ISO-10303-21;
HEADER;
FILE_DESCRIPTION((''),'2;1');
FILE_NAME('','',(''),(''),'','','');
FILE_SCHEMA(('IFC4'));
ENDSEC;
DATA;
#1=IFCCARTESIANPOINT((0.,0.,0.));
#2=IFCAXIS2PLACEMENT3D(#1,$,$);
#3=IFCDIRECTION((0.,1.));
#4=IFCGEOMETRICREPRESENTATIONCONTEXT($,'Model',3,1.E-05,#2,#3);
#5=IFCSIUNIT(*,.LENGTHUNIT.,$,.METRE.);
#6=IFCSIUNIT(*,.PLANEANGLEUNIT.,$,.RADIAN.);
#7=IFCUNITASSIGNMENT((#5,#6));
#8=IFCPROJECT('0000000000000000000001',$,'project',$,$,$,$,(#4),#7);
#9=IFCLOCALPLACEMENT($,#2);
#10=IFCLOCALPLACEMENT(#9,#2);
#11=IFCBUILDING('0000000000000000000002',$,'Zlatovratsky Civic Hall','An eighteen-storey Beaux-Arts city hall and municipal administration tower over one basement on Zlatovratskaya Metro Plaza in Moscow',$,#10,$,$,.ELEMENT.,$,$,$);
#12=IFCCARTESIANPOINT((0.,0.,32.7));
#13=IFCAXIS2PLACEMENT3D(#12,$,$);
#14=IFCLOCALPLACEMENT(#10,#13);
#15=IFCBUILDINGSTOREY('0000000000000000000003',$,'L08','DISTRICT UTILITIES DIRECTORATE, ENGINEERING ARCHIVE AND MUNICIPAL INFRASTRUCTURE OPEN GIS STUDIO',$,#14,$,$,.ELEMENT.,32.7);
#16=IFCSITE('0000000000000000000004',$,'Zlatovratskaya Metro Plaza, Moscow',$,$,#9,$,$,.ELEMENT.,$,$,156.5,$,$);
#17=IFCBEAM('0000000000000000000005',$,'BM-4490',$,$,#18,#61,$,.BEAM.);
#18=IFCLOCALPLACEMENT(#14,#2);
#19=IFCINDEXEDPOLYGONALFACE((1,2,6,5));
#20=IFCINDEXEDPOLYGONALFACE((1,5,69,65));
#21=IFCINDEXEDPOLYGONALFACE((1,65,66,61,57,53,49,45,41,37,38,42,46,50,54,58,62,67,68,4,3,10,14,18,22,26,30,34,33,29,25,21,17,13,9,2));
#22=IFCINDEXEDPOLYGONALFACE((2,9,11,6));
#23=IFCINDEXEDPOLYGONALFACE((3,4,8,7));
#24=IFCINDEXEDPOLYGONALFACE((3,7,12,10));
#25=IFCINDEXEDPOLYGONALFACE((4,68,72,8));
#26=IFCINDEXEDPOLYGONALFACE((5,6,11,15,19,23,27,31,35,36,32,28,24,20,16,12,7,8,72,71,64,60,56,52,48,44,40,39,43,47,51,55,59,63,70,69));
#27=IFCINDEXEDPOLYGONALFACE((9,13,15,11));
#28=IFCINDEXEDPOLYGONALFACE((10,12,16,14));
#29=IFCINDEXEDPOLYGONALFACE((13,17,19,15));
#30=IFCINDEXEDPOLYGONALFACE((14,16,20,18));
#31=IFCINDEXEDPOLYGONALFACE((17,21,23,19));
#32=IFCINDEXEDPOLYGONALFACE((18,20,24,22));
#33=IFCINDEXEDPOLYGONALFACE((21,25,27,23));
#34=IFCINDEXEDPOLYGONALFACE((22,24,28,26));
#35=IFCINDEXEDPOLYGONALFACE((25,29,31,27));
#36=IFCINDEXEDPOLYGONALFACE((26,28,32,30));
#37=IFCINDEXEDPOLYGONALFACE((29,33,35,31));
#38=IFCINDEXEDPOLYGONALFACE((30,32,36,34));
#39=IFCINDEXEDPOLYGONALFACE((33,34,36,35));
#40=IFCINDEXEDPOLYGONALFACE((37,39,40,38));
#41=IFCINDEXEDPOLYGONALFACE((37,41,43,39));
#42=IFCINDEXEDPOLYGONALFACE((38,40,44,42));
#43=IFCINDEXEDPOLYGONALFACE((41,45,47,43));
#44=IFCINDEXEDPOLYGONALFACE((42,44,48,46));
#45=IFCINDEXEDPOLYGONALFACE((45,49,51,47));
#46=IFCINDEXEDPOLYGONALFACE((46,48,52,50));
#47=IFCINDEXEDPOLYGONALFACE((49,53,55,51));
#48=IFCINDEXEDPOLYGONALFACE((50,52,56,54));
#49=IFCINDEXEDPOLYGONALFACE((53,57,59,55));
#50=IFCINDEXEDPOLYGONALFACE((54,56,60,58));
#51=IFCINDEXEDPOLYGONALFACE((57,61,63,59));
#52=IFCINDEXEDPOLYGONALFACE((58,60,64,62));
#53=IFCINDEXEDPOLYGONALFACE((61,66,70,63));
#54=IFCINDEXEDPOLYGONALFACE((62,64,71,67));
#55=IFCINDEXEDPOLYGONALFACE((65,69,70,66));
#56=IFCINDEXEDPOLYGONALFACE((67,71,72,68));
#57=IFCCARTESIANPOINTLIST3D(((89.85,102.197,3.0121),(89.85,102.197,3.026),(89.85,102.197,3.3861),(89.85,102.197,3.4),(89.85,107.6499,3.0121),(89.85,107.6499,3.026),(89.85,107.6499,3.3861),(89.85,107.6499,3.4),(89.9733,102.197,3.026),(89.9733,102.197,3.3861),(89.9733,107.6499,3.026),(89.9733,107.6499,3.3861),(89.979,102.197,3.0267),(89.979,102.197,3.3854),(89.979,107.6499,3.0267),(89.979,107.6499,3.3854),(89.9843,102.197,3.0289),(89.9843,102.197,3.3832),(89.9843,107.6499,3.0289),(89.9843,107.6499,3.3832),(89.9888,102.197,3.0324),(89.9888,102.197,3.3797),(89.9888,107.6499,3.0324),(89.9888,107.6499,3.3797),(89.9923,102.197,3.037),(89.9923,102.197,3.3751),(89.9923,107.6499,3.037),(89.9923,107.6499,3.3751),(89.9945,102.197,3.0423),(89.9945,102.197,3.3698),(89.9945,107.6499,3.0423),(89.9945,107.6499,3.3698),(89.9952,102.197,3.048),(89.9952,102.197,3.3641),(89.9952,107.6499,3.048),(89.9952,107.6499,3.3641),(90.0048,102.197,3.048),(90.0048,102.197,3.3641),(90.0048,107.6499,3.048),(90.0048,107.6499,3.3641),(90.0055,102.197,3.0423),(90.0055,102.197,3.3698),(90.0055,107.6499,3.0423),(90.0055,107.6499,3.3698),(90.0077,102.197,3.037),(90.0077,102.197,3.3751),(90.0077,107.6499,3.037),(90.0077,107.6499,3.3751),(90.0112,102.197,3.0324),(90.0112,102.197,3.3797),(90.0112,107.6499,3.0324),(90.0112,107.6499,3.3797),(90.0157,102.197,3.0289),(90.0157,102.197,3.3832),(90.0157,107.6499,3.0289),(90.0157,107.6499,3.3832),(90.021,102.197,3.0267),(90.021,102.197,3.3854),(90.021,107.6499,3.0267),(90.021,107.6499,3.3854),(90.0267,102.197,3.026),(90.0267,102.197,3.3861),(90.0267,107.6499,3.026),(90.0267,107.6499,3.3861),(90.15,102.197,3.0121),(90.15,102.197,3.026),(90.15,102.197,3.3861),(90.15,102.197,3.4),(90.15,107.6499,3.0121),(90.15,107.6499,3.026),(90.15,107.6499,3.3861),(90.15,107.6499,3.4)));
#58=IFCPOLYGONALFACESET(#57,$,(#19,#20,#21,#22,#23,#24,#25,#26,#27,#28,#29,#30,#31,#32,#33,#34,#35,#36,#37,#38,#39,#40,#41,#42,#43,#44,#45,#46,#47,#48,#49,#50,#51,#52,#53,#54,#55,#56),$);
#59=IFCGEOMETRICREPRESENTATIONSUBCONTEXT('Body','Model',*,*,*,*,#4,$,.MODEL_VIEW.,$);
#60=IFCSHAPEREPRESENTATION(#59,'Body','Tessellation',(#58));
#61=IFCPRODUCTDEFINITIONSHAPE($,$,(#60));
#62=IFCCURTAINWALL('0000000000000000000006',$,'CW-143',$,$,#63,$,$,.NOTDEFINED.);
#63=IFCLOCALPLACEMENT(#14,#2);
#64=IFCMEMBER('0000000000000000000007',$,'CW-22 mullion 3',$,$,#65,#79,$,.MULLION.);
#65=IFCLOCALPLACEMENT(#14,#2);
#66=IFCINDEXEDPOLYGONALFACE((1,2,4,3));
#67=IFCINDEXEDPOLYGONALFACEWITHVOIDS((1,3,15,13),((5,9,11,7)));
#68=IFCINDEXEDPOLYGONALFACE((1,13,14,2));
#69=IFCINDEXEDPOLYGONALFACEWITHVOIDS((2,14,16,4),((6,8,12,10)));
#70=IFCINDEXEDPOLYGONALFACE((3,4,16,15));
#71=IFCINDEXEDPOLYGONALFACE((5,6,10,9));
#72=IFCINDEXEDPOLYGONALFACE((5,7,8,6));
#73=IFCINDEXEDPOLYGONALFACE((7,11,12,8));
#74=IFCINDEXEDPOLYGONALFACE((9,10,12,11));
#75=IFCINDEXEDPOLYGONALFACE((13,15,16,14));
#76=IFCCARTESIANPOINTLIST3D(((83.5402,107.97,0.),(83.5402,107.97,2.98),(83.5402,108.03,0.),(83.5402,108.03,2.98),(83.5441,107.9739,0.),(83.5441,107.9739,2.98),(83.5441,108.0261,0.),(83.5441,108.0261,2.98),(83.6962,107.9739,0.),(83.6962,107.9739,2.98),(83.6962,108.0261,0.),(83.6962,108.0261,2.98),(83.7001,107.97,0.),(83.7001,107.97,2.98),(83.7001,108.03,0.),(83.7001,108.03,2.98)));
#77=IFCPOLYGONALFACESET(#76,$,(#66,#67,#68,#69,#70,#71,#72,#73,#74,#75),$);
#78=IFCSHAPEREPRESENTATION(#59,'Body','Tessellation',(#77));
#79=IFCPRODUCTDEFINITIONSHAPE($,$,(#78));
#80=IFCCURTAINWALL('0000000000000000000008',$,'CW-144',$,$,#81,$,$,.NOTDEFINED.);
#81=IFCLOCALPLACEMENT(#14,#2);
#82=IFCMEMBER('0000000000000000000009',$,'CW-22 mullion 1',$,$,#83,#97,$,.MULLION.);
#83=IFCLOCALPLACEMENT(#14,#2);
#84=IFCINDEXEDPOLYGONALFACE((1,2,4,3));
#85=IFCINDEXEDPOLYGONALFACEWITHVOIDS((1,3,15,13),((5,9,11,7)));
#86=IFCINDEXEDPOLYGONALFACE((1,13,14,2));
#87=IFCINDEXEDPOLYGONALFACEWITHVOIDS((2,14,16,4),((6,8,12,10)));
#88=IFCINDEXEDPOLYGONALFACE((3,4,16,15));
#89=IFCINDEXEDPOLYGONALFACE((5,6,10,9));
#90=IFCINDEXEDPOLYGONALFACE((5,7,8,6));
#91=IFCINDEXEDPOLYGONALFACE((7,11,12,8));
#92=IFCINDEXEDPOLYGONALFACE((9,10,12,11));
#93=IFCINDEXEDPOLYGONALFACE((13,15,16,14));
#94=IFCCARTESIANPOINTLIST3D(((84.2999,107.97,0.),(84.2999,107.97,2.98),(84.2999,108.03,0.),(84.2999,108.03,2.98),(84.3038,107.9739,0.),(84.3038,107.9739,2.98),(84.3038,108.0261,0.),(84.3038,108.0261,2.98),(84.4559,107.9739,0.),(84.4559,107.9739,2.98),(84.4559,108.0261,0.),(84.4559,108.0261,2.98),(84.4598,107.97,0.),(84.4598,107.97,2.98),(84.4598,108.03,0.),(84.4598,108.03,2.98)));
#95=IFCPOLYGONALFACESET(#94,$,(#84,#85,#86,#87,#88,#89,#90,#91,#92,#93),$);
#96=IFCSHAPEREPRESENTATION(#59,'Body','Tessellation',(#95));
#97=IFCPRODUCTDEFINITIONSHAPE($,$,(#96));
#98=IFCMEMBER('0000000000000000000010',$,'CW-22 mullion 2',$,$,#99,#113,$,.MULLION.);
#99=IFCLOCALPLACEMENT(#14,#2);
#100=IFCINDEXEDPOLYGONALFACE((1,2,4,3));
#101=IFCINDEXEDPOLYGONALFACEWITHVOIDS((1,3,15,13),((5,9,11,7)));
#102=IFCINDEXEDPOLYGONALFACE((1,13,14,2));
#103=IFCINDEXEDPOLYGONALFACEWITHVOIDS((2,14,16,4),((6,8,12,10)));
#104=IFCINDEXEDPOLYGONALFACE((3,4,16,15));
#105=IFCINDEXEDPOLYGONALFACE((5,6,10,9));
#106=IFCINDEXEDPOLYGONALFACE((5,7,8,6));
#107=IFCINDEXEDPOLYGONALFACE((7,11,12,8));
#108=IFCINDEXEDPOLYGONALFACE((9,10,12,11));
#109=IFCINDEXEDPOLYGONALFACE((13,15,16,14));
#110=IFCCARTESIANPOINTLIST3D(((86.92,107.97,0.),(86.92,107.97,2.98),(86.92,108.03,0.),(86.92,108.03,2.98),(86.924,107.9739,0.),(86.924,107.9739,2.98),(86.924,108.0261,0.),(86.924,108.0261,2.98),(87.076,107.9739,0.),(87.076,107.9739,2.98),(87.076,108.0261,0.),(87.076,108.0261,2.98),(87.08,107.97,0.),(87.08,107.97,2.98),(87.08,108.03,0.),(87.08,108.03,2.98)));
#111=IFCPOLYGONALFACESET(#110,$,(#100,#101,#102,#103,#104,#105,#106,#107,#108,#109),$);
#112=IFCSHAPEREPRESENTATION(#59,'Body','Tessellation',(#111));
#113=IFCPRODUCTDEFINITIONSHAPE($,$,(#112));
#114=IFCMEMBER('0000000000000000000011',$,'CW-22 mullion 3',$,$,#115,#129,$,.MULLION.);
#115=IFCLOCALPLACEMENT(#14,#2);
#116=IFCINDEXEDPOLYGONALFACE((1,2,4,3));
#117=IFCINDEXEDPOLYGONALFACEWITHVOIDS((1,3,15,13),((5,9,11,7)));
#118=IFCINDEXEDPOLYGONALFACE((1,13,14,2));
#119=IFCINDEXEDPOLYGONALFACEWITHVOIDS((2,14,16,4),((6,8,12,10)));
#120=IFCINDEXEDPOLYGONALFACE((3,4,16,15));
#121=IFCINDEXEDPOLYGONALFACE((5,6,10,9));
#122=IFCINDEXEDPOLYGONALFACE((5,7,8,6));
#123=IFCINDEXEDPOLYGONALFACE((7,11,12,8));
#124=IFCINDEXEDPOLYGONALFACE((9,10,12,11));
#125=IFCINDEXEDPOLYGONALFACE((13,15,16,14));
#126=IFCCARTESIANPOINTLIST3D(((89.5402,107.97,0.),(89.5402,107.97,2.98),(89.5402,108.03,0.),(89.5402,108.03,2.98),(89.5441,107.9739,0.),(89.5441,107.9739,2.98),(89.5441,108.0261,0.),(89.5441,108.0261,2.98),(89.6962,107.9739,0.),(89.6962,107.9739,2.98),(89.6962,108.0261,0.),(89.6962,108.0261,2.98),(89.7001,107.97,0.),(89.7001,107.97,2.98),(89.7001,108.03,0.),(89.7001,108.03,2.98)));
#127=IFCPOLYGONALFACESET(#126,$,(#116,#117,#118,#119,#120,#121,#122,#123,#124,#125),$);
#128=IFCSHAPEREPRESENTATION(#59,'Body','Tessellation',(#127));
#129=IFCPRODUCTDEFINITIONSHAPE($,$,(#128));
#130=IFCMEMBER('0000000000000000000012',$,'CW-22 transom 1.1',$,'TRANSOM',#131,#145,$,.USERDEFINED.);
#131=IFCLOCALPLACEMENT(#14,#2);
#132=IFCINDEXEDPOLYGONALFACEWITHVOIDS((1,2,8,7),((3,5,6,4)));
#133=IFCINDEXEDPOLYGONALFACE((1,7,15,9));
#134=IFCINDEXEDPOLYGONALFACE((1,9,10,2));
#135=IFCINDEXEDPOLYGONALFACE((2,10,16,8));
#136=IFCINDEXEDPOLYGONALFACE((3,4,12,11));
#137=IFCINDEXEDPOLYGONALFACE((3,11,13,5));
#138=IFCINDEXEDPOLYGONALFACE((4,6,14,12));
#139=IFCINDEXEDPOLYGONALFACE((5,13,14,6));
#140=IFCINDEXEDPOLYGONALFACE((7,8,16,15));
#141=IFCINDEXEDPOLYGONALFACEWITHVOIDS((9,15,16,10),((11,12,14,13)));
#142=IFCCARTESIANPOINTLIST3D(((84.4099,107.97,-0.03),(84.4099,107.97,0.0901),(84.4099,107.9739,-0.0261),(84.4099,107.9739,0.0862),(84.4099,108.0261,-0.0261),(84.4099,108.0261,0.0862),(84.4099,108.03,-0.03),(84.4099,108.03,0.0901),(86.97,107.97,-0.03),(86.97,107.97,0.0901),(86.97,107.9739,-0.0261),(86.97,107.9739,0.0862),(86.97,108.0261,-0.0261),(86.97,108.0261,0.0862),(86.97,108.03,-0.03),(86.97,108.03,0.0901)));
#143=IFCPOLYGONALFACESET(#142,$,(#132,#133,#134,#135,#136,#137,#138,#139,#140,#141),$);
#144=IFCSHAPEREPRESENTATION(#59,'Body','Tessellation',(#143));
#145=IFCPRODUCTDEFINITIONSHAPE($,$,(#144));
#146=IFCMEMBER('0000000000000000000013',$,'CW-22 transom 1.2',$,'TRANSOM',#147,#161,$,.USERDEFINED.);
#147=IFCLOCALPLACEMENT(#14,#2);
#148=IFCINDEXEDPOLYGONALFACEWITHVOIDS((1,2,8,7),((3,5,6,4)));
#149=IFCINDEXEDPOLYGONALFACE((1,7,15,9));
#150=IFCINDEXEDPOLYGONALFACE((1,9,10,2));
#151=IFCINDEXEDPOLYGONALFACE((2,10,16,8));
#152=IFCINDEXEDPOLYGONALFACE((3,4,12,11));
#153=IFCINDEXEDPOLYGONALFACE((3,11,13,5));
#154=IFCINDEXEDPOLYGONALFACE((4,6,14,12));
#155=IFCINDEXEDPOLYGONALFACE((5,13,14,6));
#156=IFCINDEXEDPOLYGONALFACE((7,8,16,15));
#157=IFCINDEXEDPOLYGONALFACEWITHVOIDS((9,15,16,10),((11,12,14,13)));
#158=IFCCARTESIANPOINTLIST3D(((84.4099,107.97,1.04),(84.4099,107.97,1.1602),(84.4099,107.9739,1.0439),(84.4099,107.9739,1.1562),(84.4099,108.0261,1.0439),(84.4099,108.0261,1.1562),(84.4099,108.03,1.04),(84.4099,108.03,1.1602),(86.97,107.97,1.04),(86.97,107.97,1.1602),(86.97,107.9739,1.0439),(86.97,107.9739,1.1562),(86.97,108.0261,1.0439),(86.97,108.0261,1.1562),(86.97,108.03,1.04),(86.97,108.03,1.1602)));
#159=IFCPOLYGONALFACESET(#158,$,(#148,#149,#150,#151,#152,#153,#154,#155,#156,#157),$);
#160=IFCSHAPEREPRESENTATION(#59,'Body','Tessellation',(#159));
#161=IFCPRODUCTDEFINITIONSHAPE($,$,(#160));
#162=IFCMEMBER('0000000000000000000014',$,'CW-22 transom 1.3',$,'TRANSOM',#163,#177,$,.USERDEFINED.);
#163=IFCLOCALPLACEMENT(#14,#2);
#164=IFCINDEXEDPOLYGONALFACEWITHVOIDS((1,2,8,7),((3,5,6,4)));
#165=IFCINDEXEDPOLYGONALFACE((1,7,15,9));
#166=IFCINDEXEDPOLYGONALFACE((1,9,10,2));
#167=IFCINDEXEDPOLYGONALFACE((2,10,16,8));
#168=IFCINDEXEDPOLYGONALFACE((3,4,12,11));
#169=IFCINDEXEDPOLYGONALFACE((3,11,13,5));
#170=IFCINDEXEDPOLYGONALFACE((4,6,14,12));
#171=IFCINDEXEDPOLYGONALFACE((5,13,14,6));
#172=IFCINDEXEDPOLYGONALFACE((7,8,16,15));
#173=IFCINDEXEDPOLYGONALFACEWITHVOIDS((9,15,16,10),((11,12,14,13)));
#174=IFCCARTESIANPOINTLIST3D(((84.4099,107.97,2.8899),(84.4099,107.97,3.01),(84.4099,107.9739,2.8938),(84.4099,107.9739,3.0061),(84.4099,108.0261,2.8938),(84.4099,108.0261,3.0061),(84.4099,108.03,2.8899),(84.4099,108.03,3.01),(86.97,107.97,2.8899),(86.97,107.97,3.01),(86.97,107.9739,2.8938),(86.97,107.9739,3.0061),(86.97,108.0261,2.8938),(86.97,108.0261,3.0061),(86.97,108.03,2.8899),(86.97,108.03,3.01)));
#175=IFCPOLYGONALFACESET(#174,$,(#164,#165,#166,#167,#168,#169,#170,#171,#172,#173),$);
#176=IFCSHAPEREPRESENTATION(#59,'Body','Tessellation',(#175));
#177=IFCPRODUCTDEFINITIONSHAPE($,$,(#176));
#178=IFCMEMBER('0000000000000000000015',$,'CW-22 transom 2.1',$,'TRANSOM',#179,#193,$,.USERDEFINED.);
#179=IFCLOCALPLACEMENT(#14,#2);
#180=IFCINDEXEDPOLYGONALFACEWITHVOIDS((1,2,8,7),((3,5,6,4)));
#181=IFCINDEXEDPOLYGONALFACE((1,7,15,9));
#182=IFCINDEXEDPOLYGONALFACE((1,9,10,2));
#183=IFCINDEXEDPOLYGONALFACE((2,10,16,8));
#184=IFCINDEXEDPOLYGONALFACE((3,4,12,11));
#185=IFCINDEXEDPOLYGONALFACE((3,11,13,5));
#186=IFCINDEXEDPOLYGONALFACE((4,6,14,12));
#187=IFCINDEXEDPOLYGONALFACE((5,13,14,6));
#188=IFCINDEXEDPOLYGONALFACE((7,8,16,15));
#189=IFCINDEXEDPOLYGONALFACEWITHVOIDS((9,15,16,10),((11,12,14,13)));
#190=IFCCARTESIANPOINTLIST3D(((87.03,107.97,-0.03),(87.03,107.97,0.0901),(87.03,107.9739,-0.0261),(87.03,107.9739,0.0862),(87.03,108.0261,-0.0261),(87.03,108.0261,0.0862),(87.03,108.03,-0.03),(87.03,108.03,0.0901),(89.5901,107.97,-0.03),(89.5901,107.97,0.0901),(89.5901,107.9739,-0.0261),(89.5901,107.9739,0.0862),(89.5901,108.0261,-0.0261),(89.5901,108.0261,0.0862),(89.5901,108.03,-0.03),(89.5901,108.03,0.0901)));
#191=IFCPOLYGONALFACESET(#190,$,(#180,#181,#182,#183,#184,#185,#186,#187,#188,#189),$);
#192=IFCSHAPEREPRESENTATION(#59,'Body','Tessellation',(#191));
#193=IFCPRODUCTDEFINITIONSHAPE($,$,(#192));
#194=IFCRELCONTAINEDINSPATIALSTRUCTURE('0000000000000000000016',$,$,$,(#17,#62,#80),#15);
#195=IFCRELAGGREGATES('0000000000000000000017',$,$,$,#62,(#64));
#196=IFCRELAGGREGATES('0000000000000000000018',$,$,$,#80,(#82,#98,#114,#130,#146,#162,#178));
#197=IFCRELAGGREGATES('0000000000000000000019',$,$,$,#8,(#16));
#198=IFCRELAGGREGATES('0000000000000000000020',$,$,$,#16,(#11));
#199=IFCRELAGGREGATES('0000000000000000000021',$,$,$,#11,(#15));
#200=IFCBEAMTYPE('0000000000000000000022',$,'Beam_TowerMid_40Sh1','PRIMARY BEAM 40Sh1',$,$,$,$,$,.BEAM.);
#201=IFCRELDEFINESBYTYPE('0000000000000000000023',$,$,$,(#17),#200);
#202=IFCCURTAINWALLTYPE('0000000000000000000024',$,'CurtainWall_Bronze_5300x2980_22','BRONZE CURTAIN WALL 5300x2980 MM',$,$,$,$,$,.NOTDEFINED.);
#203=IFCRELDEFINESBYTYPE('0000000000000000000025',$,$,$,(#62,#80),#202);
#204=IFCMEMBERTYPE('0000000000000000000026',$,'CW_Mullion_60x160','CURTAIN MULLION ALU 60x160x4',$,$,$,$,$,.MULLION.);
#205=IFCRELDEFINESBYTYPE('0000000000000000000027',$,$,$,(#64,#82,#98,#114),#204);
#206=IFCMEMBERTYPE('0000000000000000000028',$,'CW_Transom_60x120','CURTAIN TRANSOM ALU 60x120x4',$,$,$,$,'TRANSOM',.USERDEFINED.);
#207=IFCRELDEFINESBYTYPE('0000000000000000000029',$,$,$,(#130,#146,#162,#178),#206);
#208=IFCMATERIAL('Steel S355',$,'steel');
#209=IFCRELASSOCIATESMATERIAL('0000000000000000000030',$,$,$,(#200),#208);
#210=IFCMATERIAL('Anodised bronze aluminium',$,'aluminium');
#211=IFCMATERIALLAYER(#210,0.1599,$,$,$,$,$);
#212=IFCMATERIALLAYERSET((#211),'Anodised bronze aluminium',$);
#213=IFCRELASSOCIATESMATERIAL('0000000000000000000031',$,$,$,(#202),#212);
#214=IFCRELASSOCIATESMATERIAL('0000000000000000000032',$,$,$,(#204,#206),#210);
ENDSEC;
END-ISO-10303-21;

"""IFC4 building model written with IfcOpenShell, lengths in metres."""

from ifc_helpers import new_model, si_unit, direction, frame, origin, origin_2d, place, context, subcontext, project, spatial, hollow_rectangle, i_section, extrude, material, layer, layer_set, material_profile, profile_set, type_object, element, aggregate, save


model = new_model("IFC4")

# Units and contexts
model_context = context("Model", 3, precision=1e-05, world=origin(), true_north=direction((0.0, 1.0)))
body_context = subcontext(model_context, "Body", "Model", "MODEL_VIEW")
ifc_project = project(units=[si_unit("LENGTHUNIT", "METRE"), si_unit("PLANEANGLEUNIT", "RADIAN")], contexts=[model_context])

# Site, building, storey
site_placement = place(None, origin())
site = spatial("IfcSite", under=ifc_project, at=site_placement, Name="Zlatovratskaya Metro Plaza, Moscow", CompositionType="ELEMENT", RefElevation=156.5)
building_placement = place(site_placement, origin())
building = spatial("IfcBuilding", under=site, at=building_placement, Name="Zlatovratsky Civic Hall", Description="An eighteen-storey Beaux-Arts city hall and municipal administration tower over one basement on Zlatovratskaya Metro Plaza in Moscow", CompositionType="ELEMENT")
storey_placement = place(building_placement, frame((0.0, 0.0, 32.7)))
storey = spatial("IfcBuildingStorey", under=building, at=storey_placement, Name="L08", Description="DISTRICT UTILITIES DIRECTORATE, ENGINEERING ARCHIVE AND MUNICIPAL INFRASTRUCTURE OPEN GIS STUDIO", CompositionType="ELEMENT", Elevation=32.7)

# Shared definitions
ifc_material_1 = material(Name="Steel S355", Category="steel")

# Beam
ifc_material_profile_1 = material_profile(ifc_material_1, i_section(OverallWidth=0.3, OverallDepth=0.3879, WebThickness=0.0095, FlangeThickness=0.0139, FilletRadius=0.022, at=origin_2d()), Name="40Sh1")
ifc_profile_set_1 = profile_set([ifc_material_profile_1], Name="Steel S355")
beam_type_1 = type_object("IfcBeamType", Name="Beam_TowerMid_40Sh1", Description="PRIMARY BEAM 40Sh1", PredefinedType="BEAM", material=ifc_profile_set_1)
for number, where, z_axis, x_axis, name in (
    (1, (90.0, 102.197, 3.2061), (0.0, 1.0, 0.0), (-1.0, 0.0, 0.0), "BM-4490"),
):
    element("IfcBeam", number, at=place(storey_placement, frame(where, z_axis=z_axis, x_axis=x_axis)), inside=storey, type_object=beam_type_1, Name=name, PredefinedType="BEAM", context=body_context, shape_type="SweptSolid", body=[
        extrude(i_section(OverallWidth=0.3, OverallDepth=0.3879, WebThickness=0.0095, FlangeThickness=0.0139, FilletRadius=0.022, at=origin_2d()), origin(), (0.0, 0.0, 1.0), 5.4529),
    ])

# Curtain wall, member
ifc_material_2 = material(Name="Anodised bronze aluminium", Category="aluminium")
ifc_layer_1 = layer(ifc_material_2, 0.1599)
ifc_layer_set_1 = layer_set([ifc_layer_1], Name="Anodised bronze aluminium")
curtain_wall_type = type_object("IfcCurtainWallType", Name="CurtainWall_Bronze_5300x2980_22", Description="BRONZE CURTAIN WALL 5300x2980 MM", PredefinedType="NOTDEFINED", material=ifc_layer_set_1)
curtain_wall_1_placement = place(storey_placement, origin())
curtain_wall_1 = element("IfcCurtainWall", 2, at=curtain_wall_1_placement, inside=storey, type_object=curtain_wall_type, Name="CW-143", PredefinedType="NOTDEFINED")
ifc_material_profile_2 = material_profile(ifc_material_2, hollow_rectangle(XDim=0.0601, YDim=0.1599, WallThickness=0.0039, at=origin_2d()), Name="ALU 60x160x4")
ifc_profile_set_2 = profile_set([ifc_material_profile_2], Name="Anodised bronze aluminium")
member_type_1 = type_object("IfcMemberType", Name="CW_Mullion_60x160", Description="CURTAIN MULLION ALU 60x160x4", PredefinedType="MULLION", material=ifc_profile_set_2)
member_1_placement = place(storey_placement, frame((83.6201, 108.0, 0.0), z_axis=(0.0, 0.0, 1.0), x_axis=(0.0, 1.0, 0.0)))
member_1 = element("IfcMember", 3, at=member_1_placement, type_object=member_type_1, Name="CW-22 mullion 3", PredefinedType="MULLION", context=body_context, shape_type="SweptSolid", body=[
    extrude(hollow_rectangle(XDim=0.0601, YDim=0.1599, WallThickness=0.0039, at=origin_2d()), origin(), (0.0, 0.0, 1.0), 2.98),
])
aggregate(curtain_wall_1, [member_1])

# Curtain wall, members
curtain_wall_2_placement = place(storey_placement, origin())
curtain_wall_2 = element("IfcCurtainWall", 4, at=curtain_wall_2_placement, inside=storey, type_object=curtain_wall_type, Name="CW-144", PredefinedType="NOTDEFINED")
member_2_placement = place(storey_placement, frame((84.3799, 108.0, 0.0), z_axis=(0.0, 0.0, 1.0), x_axis=(0.0, 1.0, 0.0)))
member_2 = element("IfcMember", 5, at=member_2_placement, type_object=member_type_1, Name="CW-22 mullion 1", PredefinedType="MULLION", context=body_context, shape_type="SweptSolid", body=[
    extrude(hollow_rectangle(XDim=0.0601, YDim=0.1599, WallThickness=0.0039, at=origin_2d()), origin(), (0.0, 0.0, 1.0), 2.98),
])
member_3_placement = place(storey_placement, frame((87.0, 108.0, 0.0), z_axis=(0.0, 0.0, 1.0), x_axis=(0.0, 1.0, 0.0)))
member_3 = element("IfcMember", 6, at=member_3_placement, type_object=member_type_1, Name="CW-22 mullion 2", PredefinedType="MULLION", context=body_context, shape_type="SweptSolid", body=[
    extrude(hollow_rectangle(XDim=0.0601, YDim=0.1599, WallThickness=0.0039, at=origin_2d()), origin(), (0.0, 0.0, 1.0), 2.98),
])
member_4_placement = place(storey_placement, frame((89.6201, 108.0, 0.0), z_axis=(0.0, 0.0, 1.0), x_axis=(0.0, 1.0, 0.0)))
member_4 = element("IfcMember", 7, at=member_4_placement, type_object=member_type_1, Name="CW-22 mullion 3", PredefinedType="MULLION", context=body_context, shape_type="SweptSolid", body=[
    extrude(hollow_rectangle(XDim=0.0601, YDim=0.1599, WallThickness=0.0039, at=origin_2d()), origin(), (0.0, 0.0, 1.0), 2.98),
])
ifc_material_profile_3 = material_profile(ifc_material_2, hollow_rectangle(XDim=0.0601, YDim=0.1201, WallThickness=0.0039, at=origin_2d()), Name="ALU 60x120x4")
ifc_profile_set_3 = profile_set([ifc_material_profile_3], Name="Anodised bronze aluminium")
member_type_2 = type_object("IfcMemberType", Name="CW_Transom_60x120", Description="CURTAIN TRANSOM ALU 60x120x4", ElementType="TRANSOM", PredefinedType="USERDEFINED", material=ifc_profile_set_3)
member_5_placement = place(storey_placement, frame((84.4099, 108.0, 0.03), z_axis=(1.0, 0.0, 0.0), x_axis=(0.0, 1.0, 0.0)))
member_5 = element("IfcMember", 8, at=member_5_placement, type_object=member_type_2, Name="CW-22 transom 1.1", ObjectType="TRANSOM", PredefinedType="USERDEFINED", context=body_context, shape_type="SweptSolid", body=[
    extrude(hollow_rectangle(XDim=0.0601, YDim=0.1201, WallThickness=0.0039, at=origin_2d()), origin(), (0.0, 0.0, 1.0), 2.5601),
])
member_6_placement = place(storey_placement, frame((84.4099, 108.0, 1.1001), z_axis=(1.0, 0.0, 0.0), x_axis=(0.0, 1.0, 0.0)))
member_6 = element("IfcMember", 9, at=member_6_placement, type_object=member_type_2, Name="CW-22 transom 1.2", ObjectType="TRANSOM", PredefinedType="USERDEFINED", context=body_context, shape_type="SweptSolid", body=[
    extrude(hollow_rectangle(XDim=0.0601, YDim=0.1201, WallThickness=0.0039, at=origin_2d()), origin(), (0.0, 0.0, 1.0), 2.5601),
])
member_7_placement = place(storey_placement, frame((84.4099, 108.0, 2.95), z_axis=(1.0, 0.0, 0.0), x_axis=(0.0, 1.0, 0.0)))
member_7 = element("IfcMember", 10, at=member_7_placement, type_object=member_type_2, Name="CW-22 transom 1.3", ObjectType="TRANSOM", PredefinedType="USERDEFINED", context=body_context, shape_type="SweptSolid", body=[
    extrude(hollow_rectangle(XDim=0.0601, YDim=0.1201, WallThickness=0.0039, at=origin_2d()), origin(), (0.0, 0.0, 1.0), 2.5601),
])
member_8_placement = place(storey_placement, frame((87.03, 108.0, 0.03), z_axis=(1.0, 0.0, 0.0), x_axis=(0.0, 1.0, 0.0)))
member_8 = element("IfcMember", 11, at=member_8_placement, type_object=member_type_2, Name="CW-22 transom 2.1", ObjectType="TRANSOM", PredefinedType="USERDEFINED", context=body_context, shape_type="SweptSolid", body=[
    extrude(hollow_rectangle(XDim=0.0601, YDim=0.1201, WallThickness=0.0039, at=origin_2d()), origin(), (0.0, 0.0, 1.0), 2.5601),
])
aggregate(curtain_wall_2, [member_2, member_3, member_4, member_5, member_6, member_7, member_8])

save(model, "model.ifc")
